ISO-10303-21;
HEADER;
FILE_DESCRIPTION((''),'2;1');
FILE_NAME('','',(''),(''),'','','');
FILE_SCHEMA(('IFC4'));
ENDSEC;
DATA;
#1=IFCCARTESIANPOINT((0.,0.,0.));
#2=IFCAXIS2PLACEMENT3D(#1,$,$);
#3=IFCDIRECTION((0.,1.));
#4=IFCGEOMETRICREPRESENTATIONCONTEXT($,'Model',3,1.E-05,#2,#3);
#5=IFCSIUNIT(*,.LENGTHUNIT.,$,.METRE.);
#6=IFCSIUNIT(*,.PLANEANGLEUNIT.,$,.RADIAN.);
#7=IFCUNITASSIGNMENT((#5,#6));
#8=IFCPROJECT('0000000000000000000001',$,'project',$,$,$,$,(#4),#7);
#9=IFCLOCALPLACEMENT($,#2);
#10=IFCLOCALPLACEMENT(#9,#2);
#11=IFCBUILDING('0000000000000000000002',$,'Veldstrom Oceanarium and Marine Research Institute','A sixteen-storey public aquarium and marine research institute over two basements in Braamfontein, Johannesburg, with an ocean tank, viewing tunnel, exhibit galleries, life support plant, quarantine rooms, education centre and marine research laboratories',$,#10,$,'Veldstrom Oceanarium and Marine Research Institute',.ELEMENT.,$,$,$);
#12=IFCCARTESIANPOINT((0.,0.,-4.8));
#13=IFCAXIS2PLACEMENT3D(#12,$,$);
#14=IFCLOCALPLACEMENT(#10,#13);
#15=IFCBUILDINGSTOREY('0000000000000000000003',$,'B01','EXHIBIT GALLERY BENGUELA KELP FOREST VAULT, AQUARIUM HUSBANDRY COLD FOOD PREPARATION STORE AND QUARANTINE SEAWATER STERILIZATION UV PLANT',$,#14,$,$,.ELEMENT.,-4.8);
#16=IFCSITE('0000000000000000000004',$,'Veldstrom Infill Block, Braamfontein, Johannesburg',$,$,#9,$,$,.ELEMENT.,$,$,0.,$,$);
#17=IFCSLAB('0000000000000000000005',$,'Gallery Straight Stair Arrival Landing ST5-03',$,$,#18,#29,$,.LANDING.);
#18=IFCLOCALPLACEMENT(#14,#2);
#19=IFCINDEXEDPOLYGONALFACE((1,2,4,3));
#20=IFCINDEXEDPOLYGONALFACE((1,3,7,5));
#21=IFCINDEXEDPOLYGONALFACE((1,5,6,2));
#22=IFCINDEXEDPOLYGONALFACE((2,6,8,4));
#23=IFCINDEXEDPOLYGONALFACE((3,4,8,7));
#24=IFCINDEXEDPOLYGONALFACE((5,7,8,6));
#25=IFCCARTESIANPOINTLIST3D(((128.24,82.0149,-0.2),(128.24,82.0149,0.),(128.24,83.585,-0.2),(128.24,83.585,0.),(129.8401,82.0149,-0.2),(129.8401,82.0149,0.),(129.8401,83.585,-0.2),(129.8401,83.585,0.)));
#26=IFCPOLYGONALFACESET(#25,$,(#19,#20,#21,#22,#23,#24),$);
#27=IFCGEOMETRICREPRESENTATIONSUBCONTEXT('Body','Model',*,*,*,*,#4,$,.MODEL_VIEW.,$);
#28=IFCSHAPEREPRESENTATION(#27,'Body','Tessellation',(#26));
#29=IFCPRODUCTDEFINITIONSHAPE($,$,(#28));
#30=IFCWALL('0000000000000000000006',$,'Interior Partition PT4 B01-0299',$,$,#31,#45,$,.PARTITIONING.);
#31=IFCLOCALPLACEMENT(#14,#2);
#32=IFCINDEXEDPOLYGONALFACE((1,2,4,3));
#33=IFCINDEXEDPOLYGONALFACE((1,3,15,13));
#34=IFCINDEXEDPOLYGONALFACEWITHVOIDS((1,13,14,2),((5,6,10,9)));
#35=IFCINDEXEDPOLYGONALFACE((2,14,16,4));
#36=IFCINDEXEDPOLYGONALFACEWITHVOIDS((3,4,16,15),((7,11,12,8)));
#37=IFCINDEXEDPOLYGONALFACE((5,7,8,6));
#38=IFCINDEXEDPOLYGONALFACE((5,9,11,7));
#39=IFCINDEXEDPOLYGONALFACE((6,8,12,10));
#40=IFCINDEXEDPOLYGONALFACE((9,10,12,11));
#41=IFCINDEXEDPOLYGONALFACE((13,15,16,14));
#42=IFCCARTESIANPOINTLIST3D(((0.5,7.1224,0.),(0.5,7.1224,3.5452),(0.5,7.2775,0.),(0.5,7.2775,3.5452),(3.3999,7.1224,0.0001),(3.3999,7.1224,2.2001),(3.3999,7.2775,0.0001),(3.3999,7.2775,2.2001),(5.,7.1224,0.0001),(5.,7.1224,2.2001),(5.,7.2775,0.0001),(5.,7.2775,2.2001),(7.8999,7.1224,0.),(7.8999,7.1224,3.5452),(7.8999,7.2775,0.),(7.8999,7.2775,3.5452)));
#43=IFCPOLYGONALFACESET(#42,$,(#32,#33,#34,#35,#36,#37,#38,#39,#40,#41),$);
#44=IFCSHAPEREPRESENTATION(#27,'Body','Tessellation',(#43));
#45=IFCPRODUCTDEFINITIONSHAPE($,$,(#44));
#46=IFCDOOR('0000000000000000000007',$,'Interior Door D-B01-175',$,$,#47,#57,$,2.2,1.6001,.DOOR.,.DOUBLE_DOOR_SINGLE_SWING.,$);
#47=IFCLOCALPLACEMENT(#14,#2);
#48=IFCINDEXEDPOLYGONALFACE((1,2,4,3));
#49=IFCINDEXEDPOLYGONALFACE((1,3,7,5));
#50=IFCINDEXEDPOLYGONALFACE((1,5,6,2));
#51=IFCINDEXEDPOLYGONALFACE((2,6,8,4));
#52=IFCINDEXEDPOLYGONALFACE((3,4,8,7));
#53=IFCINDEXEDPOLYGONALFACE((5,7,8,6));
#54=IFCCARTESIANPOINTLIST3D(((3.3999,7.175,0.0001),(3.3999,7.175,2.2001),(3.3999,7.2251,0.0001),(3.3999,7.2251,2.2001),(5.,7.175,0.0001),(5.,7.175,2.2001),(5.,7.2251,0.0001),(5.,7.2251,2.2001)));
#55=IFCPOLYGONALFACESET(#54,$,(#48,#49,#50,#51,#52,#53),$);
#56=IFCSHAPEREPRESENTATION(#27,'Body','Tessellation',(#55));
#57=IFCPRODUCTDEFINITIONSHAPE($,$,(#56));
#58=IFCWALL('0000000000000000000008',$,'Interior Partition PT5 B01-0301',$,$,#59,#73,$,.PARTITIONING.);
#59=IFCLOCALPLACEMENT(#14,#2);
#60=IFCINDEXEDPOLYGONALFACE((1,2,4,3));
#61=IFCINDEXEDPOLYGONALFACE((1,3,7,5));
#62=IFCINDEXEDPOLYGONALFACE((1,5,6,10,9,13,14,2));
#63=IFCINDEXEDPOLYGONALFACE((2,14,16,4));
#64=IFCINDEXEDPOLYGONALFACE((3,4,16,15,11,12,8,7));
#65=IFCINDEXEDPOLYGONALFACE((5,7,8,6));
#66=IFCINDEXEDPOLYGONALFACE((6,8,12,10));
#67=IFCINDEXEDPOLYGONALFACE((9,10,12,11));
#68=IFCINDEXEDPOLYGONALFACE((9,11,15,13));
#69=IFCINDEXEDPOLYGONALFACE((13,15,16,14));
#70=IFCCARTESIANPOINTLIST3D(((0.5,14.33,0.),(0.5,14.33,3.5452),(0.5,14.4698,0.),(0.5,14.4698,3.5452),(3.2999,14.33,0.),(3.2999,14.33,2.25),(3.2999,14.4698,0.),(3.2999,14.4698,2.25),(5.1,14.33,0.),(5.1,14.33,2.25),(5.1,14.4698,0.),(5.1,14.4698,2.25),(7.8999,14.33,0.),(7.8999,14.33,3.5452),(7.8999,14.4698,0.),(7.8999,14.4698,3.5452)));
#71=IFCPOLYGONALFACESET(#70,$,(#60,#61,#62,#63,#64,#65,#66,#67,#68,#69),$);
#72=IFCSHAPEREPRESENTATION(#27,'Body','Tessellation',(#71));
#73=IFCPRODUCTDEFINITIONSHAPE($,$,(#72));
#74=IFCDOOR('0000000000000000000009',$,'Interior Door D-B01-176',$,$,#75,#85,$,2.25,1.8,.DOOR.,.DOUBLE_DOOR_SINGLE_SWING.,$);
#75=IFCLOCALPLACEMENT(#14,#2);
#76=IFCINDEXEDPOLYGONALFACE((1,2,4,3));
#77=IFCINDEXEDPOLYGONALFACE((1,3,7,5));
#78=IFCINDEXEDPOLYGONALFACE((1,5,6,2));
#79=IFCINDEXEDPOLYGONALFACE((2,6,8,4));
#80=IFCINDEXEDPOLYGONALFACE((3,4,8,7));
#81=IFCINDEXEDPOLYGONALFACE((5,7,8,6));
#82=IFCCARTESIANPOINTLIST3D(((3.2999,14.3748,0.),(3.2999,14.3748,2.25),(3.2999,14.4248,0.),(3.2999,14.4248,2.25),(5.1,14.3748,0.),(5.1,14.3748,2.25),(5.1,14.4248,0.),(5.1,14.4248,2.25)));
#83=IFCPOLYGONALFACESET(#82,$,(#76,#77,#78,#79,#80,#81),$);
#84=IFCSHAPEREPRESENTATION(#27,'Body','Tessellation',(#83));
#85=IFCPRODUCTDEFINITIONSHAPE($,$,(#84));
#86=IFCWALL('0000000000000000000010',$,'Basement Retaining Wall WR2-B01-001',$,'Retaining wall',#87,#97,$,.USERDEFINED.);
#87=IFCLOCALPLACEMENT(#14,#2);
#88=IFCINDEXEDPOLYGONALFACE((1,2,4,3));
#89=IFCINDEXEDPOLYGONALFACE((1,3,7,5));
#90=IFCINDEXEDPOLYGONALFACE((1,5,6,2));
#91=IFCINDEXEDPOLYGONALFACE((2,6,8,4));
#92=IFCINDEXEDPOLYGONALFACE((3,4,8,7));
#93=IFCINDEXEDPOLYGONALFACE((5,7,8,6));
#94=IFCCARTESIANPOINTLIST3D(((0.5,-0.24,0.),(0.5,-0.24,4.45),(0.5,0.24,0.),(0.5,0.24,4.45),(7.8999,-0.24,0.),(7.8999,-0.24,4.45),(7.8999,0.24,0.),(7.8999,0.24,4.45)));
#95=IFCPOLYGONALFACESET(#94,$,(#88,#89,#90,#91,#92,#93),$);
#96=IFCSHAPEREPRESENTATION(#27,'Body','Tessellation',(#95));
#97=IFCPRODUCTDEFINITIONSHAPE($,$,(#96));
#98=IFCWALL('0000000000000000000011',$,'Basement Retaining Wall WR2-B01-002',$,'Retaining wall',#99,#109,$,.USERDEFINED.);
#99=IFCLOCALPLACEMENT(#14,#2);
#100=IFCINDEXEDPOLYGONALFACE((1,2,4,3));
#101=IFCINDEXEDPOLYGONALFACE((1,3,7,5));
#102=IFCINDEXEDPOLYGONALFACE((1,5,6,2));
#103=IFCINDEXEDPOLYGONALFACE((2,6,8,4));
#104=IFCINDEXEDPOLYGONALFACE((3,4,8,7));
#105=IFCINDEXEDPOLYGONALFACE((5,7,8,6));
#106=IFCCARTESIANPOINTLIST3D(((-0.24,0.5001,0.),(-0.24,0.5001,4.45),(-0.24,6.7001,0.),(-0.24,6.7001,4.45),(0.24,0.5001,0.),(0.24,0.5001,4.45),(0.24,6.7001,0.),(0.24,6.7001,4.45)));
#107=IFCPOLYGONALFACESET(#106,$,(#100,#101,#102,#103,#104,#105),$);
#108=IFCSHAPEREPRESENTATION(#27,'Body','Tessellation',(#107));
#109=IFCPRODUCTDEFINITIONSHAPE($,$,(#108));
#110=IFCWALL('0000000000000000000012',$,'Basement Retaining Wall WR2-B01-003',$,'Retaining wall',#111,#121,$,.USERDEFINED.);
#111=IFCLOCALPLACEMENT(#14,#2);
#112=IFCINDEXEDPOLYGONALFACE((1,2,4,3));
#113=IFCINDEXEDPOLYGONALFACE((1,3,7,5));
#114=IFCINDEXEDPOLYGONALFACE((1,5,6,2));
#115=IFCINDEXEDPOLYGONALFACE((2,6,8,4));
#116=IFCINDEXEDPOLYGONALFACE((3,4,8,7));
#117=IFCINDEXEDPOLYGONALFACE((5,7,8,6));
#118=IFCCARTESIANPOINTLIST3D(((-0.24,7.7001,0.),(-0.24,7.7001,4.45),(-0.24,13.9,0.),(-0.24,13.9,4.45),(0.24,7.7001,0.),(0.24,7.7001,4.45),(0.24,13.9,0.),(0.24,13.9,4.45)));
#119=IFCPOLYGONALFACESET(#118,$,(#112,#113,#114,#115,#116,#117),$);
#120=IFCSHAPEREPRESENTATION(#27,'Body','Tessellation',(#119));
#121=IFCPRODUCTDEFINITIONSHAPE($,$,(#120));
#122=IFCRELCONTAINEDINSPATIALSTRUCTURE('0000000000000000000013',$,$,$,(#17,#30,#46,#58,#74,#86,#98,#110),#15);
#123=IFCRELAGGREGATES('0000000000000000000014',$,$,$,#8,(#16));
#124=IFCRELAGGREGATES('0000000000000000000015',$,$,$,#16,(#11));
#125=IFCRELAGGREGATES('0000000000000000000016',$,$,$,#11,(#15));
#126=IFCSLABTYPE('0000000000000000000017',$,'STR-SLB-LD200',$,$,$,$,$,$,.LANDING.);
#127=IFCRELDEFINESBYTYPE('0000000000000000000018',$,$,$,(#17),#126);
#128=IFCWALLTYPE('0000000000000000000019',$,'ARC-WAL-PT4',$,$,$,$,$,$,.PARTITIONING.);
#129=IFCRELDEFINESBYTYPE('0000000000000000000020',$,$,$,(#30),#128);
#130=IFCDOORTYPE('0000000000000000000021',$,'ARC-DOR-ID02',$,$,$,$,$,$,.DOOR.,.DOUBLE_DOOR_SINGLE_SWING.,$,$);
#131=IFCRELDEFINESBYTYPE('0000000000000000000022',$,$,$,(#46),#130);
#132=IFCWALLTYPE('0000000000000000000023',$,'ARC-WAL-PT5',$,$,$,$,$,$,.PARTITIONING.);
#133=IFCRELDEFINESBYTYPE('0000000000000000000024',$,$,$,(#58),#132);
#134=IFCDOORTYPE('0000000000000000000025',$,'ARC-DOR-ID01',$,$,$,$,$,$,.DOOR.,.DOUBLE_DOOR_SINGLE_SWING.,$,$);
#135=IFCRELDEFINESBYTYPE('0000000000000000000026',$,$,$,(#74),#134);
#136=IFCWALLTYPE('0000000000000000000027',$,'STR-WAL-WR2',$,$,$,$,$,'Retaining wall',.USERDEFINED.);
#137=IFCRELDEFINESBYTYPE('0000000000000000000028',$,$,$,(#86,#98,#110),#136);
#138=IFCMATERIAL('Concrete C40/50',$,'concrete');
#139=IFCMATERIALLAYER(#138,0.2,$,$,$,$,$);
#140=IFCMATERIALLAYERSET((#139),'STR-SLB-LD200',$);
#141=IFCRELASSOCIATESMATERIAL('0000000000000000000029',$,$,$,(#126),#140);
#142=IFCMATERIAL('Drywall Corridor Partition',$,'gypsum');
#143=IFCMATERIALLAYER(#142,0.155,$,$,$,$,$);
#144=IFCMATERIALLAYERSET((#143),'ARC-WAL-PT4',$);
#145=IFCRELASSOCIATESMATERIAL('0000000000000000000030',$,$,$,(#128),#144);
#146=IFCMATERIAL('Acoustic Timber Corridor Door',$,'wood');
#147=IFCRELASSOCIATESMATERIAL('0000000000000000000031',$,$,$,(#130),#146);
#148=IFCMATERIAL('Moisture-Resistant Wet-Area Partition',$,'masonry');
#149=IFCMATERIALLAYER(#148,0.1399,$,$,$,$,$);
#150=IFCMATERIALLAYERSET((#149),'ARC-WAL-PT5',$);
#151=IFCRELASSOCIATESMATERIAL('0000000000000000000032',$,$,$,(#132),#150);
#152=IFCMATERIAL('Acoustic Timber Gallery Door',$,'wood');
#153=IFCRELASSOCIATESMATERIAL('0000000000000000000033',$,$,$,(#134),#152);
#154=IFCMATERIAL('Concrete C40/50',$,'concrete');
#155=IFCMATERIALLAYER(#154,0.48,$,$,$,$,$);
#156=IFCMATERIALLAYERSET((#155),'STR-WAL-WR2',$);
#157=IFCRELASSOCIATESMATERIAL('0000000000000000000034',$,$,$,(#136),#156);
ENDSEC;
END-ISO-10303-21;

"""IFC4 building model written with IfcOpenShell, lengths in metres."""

from ifc_helpers import new_model, si_unit, direction, frame, frame_2d, origin, place, context, subcontext, project, spatial, polyline, rectangle, outline, extrude, material, layer, layer_set, type_object, element, fill, save


model = new_model("IFC4")

# Units and contexts
model_context = context("Model", 3, precision=1e-05, world=origin(), true_north=direction((0.0, 1.0)))
body_context = subcontext(model_context, "Body", "Model", "MODEL_VIEW")
ifc_project = project(units=[si_unit("LENGTHUNIT", "METRE"), si_unit("PLANEANGLEUNIT", "RADIAN")], contexts=[model_context])

# Site, building, storey
site_placement = place(None, origin())
site = spatial("IfcSite", under=ifc_project, at=site_placement, Name="Veldstrom Infill Block, Braamfontein, Johannesburg", CompositionType="ELEMENT", RefElevation=0.0)
building_placement = place(site_placement, origin())
building = spatial("IfcBuilding", under=site, at=building_placement, Name="Veldstrom Oceanarium and Marine Research Institute", Description="A sixteen-storey public aquarium and marine research institute over two basements in Braamfontein, Johannesburg, with an ocean tank, viewing tunnel, exhibit galleries, life support plant, quarantine rooms, education centre and marine research laboratories", LongName="Veldstrom Oceanarium and Marine Research Institute", CompositionType="ELEMENT")
storey_placement = place(building_placement, frame((0.0, 0.0, -4.8)))
storey = spatial("IfcBuildingStorey", under=building, at=storey_placement, Name="B01", Description="EXHIBIT GALLERY BENGUELA KELP FOREST VAULT, AQUARIUM HUSBANDRY COLD FOOD PREPARATION STORE AND QUARANTINE SEAWATER STERILIZATION UV PLANT", CompositionType="ELEMENT", Elevation=-4.8)

# Slab
ifc_material_1 = material(Name="Concrete C40/50", Category="concrete")
ifc_layer_1 = layer(ifc_material_1, 0.2)
ifc_layer_set_1 = layer_set([ifc_layer_1], Name="STR-SLB-LD200")
slab_type_1 = type_object("IfcSlabType", Name="STR-SLB-LD200", PredefinedType="LANDING", material=ifc_layer_set_1)
slab_1_placement = place(storey_placement, frame((0.0, 0.0, -0.2)))
element("IfcSlab", 1, at=slab_1_placement, inside=storey, type_object=slab_type_1, Name="Gallery Straight Stair Arrival Landing ST5-03", PredefinedType="LANDING", context=body_context, shape_type="SweptSolid", body=[
    extrude(outline(polyline([(128.24, 82.0149), (129.8401, 82.0149), (129.8401, 83.585), (128.24, 83.585), (128.24, 82.0149)])), origin(), (0.0, 0.0, 1.0), 0.2),
])

# Walls, openings, doors
ifc_material_2 = material(Name="Drywall Corridor Partition", Category="gypsum")
ifc_layer_2 = layer(ifc_material_2, 0.155)
ifc_layer_set_2 = layer_set([ifc_layer_2], Name="ARC-WAL-PT4")
wall_type_1 = type_object("IfcWallType", Name="ARC-WAL-PT4", PredefinedType="PARTITIONING", material=ifc_layer_set_2)
wall_1_placement = place(storey_placement, frame((0.5, 7.2, 0.0), z_axis=(0.0, 0.0, 1.0), x_axis=(1.0, 0.0, 0.0)))
wall_1 = element("IfcWall", 2, at=wall_1_placement, inside=storey, type_object=wall_type_1, Name="Interior Partition PT4 B01-0299", PredefinedType="PARTITIONING", context=body_context, shape_type="SweptSolid", body=[
    extrude(rectangle(XDim=7.3999, YDim=0.155, at=frame_2d((3.7, 0.0))), origin(), (0.0, 0.0, 1.0), 3.5452),
])
opening_1_placement = place(wall_1_placement, frame((2.8999, 0.0, 0.0)))
opening_1 = element("IfcOpeningElement", 3, at=opening_1_placement, cuts=wall_1, PredefinedType="OPENING", context=body_context, shape_type="SweptSolid", body=[
    extrude(rectangle(XDim=1.6001, YDim=2.2, at=frame_2d((0.8, 1.1001))), frame((0.0, 0.0874, 0.0), z_axis=(0.0, -1.0, 0.0), x_axis=(1.0, 0.0, 0.0)), (0.0, 0.0, 1.0), 0.175),
])
ifc_material_3 = material(Name="Acoustic Timber Corridor Door", Category="wood")
door_type_1 = type_object("IfcDoorType", Name="ARC-DOR-ID02", OperationType="DOUBLE_DOOR_SINGLE_SWING", PredefinedType="DOOR", material=ifc_material_3)
door_1_placement = place(opening_1_placement, frame((1.6001, 0.0, 0.0), z_axis=(0.0, 0.0, 1.0), x_axis=(-1.0, 0.0, 0.0)))
door_1 = element("IfcDoor", 4, at=door_1_placement, inside=storey, type_object=door_type_1, Name="Interior Door D-B01-175", OperationType="DOUBLE_DOOR_SINGLE_SWING", OverallHeight=2.2, OverallWidth=1.6001, PredefinedType="DOOR", context=body_context, shape_type="SweptSolid", body=[
    extrude(rectangle(XDim=1.6001, YDim=2.2, at=frame_2d((0.8, 1.1001))), frame((0.0, 0.0249, 0.0), z_axis=(0.0, -1.0, 0.0), x_axis=(1.0, 0.0, 0.0)), (0.0, 0.0, 1.0), 0.05),
])
fill(opening_1, door_1)
ifc_material_4 = material(Name="Moisture-Resistant Wet-Area Partition", Category="masonry")
ifc_layer_3 = layer(ifc_material_4, 0.1399)
ifc_layer_set_3 = layer_set([ifc_layer_3], Name="ARC-WAL-PT5")
wall_type_2 = type_object("IfcWallType", Name="ARC-WAL-PT5", PredefinedType="PARTITIONING", material=ifc_layer_set_3)
wall_2_placement = place(storey_placement, frame((0.5, 14.3999, 0.0), z_axis=(0.0, 0.0, 1.0), x_axis=(1.0, 0.0, 0.0)))
wall_2 = element("IfcWall", 5, at=wall_2_placement, inside=storey, type_object=wall_type_2, Name="Interior Partition PT5 B01-0301", PredefinedType="PARTITIONING", context=body_context, shape_type="SweptSolid", body=[
    extrude(rectangle(XDim=7.3999, YDim=0.1399, at=frame_2d((3.7, 0.0))), origin(), (0.0, 0.0, 1.0), 3.5452),
])
opening_2_placement = place(wall_2_placement, frame((2.8, 0.0, 0.0)))
opening_2 = element("IfcOpeningElement", 6, at=opening_2_placement, cuts=wall_2, PredefinedType="OPENING", context=body_context, shape_type="SweptSolid", body=[
    extrude(rectangle(XDim=1.8, YDim=2.25, at=frame_2d((0.8999, 1.125))), frame((0.0, 0.0798, 0.0), z_axis=(0.0, -1.0, 0.0), x_axis=(1.0, 0.0, 0.0)), (0.0, 0.0, 1.0), 0.1599),
])
ifc_material_5 = material(Name="Acoustic Timber Gallery Door", Category="wood")
door_type_2 = type_object("IfcDoorType", Name="ARC-DOR-ID01", OperationType="DOUBLE_DOOR_SINGLE_SWING", PredefinedType="DOOR", material=ifc_material_5)
door_2_placement = place(opening_2_placement, origin())
door_2 = element("IfcDoor", 7, at=door_2_placement, inside=storey, type_object=door_type_2, Name="Interior Door D-B01-176", OperationType="DOUBLE_DOOR_SINGLE_SWING", OverallHeight=2.25, OverallWidth=1.8, PredefinedType="DOOR", context=body_context, shape_type="SweptSolid", body=[
    extrude(rectangle(XDim=1.8, YDim=2.25, at=frame_2d((0.8999, 1.125))), frame((0.0, 0.0249, 0.0), z_axis=(0.0, -1.0, 0.0), x_axis=(1.0, 0.0, 0.0)), (0.0, 0.0, 1.0), 0.05),
])
fill(opening_2, door_2)

# Walls
ifc_material_6 = material(Name="Concrete C40/50", Category="concrete")
ifc_layer_4 = layer(ifc_material_6, 0.48)
ifc_layer_set_4 = layer_set([ifc_layer_4], Name="STR-WAL-WR2")
wall_type_3 = type_object("IfcWallType", Name="STR-WAL-WR2", ElementType="Retaining wall", PredefinedType="USERDEFINED", material=ifc_layer_set_4)
wall_3_placement = place(storey_placement, frame((0.5, 0.0, 0.0), z_axis=(0.0, 0.0, 1.0), x_axis=(1.0, 0.0, 0.0)))
element("IfcWall", 8, at=wall_3_placement, inside=storey, type_object=wall_type_3, Name="Basement Retaining Wall WR2-B01-001", ObjectType="Retaining wall", PredefinedType="USERDEFINED", context=body_context, shape_type="SweptSolid", body=[
    extrude(rectangle(XDim=7.3999, YDim=0.48, at=frame_2d((3.7, 0.0))), origin(), (0.0, 0.0, 1.0), 4.45),
])
for number, where, z_axis, x_axis, name in (
    (9, (0.0, 0.5, 0.0), (0.0, 0.0, 1.0), (0.0, 1.0, 0.0), "Basement Retaining Wall WR2-B01-002"),
    (10, (0.0, 7.7, 0.0), (0.0, 0.0, 1.0), (0.0, 1.0, 0.0), "Basement Retaining Wall WR2-B01-003"),
):
    element("IfcWall", number, at=place(storey_placement, frame(where, z_axis=z_axis, x_axis=x_axis)), inside=storey, type_object=wall_type_3, Name=name, ObjectType="Retaining wall", PredefinedType="USERDEFINED", context=body_context, shape_type="SweptSolid", body=[
        extrude(rectangle(XDim=6.2, YDim=0.48, at=frame_2d((3.1001, 0.0))), origin(), (0.0, 0.0, 1.0), 4.45),
    ])

save(model, "model.ifc")
